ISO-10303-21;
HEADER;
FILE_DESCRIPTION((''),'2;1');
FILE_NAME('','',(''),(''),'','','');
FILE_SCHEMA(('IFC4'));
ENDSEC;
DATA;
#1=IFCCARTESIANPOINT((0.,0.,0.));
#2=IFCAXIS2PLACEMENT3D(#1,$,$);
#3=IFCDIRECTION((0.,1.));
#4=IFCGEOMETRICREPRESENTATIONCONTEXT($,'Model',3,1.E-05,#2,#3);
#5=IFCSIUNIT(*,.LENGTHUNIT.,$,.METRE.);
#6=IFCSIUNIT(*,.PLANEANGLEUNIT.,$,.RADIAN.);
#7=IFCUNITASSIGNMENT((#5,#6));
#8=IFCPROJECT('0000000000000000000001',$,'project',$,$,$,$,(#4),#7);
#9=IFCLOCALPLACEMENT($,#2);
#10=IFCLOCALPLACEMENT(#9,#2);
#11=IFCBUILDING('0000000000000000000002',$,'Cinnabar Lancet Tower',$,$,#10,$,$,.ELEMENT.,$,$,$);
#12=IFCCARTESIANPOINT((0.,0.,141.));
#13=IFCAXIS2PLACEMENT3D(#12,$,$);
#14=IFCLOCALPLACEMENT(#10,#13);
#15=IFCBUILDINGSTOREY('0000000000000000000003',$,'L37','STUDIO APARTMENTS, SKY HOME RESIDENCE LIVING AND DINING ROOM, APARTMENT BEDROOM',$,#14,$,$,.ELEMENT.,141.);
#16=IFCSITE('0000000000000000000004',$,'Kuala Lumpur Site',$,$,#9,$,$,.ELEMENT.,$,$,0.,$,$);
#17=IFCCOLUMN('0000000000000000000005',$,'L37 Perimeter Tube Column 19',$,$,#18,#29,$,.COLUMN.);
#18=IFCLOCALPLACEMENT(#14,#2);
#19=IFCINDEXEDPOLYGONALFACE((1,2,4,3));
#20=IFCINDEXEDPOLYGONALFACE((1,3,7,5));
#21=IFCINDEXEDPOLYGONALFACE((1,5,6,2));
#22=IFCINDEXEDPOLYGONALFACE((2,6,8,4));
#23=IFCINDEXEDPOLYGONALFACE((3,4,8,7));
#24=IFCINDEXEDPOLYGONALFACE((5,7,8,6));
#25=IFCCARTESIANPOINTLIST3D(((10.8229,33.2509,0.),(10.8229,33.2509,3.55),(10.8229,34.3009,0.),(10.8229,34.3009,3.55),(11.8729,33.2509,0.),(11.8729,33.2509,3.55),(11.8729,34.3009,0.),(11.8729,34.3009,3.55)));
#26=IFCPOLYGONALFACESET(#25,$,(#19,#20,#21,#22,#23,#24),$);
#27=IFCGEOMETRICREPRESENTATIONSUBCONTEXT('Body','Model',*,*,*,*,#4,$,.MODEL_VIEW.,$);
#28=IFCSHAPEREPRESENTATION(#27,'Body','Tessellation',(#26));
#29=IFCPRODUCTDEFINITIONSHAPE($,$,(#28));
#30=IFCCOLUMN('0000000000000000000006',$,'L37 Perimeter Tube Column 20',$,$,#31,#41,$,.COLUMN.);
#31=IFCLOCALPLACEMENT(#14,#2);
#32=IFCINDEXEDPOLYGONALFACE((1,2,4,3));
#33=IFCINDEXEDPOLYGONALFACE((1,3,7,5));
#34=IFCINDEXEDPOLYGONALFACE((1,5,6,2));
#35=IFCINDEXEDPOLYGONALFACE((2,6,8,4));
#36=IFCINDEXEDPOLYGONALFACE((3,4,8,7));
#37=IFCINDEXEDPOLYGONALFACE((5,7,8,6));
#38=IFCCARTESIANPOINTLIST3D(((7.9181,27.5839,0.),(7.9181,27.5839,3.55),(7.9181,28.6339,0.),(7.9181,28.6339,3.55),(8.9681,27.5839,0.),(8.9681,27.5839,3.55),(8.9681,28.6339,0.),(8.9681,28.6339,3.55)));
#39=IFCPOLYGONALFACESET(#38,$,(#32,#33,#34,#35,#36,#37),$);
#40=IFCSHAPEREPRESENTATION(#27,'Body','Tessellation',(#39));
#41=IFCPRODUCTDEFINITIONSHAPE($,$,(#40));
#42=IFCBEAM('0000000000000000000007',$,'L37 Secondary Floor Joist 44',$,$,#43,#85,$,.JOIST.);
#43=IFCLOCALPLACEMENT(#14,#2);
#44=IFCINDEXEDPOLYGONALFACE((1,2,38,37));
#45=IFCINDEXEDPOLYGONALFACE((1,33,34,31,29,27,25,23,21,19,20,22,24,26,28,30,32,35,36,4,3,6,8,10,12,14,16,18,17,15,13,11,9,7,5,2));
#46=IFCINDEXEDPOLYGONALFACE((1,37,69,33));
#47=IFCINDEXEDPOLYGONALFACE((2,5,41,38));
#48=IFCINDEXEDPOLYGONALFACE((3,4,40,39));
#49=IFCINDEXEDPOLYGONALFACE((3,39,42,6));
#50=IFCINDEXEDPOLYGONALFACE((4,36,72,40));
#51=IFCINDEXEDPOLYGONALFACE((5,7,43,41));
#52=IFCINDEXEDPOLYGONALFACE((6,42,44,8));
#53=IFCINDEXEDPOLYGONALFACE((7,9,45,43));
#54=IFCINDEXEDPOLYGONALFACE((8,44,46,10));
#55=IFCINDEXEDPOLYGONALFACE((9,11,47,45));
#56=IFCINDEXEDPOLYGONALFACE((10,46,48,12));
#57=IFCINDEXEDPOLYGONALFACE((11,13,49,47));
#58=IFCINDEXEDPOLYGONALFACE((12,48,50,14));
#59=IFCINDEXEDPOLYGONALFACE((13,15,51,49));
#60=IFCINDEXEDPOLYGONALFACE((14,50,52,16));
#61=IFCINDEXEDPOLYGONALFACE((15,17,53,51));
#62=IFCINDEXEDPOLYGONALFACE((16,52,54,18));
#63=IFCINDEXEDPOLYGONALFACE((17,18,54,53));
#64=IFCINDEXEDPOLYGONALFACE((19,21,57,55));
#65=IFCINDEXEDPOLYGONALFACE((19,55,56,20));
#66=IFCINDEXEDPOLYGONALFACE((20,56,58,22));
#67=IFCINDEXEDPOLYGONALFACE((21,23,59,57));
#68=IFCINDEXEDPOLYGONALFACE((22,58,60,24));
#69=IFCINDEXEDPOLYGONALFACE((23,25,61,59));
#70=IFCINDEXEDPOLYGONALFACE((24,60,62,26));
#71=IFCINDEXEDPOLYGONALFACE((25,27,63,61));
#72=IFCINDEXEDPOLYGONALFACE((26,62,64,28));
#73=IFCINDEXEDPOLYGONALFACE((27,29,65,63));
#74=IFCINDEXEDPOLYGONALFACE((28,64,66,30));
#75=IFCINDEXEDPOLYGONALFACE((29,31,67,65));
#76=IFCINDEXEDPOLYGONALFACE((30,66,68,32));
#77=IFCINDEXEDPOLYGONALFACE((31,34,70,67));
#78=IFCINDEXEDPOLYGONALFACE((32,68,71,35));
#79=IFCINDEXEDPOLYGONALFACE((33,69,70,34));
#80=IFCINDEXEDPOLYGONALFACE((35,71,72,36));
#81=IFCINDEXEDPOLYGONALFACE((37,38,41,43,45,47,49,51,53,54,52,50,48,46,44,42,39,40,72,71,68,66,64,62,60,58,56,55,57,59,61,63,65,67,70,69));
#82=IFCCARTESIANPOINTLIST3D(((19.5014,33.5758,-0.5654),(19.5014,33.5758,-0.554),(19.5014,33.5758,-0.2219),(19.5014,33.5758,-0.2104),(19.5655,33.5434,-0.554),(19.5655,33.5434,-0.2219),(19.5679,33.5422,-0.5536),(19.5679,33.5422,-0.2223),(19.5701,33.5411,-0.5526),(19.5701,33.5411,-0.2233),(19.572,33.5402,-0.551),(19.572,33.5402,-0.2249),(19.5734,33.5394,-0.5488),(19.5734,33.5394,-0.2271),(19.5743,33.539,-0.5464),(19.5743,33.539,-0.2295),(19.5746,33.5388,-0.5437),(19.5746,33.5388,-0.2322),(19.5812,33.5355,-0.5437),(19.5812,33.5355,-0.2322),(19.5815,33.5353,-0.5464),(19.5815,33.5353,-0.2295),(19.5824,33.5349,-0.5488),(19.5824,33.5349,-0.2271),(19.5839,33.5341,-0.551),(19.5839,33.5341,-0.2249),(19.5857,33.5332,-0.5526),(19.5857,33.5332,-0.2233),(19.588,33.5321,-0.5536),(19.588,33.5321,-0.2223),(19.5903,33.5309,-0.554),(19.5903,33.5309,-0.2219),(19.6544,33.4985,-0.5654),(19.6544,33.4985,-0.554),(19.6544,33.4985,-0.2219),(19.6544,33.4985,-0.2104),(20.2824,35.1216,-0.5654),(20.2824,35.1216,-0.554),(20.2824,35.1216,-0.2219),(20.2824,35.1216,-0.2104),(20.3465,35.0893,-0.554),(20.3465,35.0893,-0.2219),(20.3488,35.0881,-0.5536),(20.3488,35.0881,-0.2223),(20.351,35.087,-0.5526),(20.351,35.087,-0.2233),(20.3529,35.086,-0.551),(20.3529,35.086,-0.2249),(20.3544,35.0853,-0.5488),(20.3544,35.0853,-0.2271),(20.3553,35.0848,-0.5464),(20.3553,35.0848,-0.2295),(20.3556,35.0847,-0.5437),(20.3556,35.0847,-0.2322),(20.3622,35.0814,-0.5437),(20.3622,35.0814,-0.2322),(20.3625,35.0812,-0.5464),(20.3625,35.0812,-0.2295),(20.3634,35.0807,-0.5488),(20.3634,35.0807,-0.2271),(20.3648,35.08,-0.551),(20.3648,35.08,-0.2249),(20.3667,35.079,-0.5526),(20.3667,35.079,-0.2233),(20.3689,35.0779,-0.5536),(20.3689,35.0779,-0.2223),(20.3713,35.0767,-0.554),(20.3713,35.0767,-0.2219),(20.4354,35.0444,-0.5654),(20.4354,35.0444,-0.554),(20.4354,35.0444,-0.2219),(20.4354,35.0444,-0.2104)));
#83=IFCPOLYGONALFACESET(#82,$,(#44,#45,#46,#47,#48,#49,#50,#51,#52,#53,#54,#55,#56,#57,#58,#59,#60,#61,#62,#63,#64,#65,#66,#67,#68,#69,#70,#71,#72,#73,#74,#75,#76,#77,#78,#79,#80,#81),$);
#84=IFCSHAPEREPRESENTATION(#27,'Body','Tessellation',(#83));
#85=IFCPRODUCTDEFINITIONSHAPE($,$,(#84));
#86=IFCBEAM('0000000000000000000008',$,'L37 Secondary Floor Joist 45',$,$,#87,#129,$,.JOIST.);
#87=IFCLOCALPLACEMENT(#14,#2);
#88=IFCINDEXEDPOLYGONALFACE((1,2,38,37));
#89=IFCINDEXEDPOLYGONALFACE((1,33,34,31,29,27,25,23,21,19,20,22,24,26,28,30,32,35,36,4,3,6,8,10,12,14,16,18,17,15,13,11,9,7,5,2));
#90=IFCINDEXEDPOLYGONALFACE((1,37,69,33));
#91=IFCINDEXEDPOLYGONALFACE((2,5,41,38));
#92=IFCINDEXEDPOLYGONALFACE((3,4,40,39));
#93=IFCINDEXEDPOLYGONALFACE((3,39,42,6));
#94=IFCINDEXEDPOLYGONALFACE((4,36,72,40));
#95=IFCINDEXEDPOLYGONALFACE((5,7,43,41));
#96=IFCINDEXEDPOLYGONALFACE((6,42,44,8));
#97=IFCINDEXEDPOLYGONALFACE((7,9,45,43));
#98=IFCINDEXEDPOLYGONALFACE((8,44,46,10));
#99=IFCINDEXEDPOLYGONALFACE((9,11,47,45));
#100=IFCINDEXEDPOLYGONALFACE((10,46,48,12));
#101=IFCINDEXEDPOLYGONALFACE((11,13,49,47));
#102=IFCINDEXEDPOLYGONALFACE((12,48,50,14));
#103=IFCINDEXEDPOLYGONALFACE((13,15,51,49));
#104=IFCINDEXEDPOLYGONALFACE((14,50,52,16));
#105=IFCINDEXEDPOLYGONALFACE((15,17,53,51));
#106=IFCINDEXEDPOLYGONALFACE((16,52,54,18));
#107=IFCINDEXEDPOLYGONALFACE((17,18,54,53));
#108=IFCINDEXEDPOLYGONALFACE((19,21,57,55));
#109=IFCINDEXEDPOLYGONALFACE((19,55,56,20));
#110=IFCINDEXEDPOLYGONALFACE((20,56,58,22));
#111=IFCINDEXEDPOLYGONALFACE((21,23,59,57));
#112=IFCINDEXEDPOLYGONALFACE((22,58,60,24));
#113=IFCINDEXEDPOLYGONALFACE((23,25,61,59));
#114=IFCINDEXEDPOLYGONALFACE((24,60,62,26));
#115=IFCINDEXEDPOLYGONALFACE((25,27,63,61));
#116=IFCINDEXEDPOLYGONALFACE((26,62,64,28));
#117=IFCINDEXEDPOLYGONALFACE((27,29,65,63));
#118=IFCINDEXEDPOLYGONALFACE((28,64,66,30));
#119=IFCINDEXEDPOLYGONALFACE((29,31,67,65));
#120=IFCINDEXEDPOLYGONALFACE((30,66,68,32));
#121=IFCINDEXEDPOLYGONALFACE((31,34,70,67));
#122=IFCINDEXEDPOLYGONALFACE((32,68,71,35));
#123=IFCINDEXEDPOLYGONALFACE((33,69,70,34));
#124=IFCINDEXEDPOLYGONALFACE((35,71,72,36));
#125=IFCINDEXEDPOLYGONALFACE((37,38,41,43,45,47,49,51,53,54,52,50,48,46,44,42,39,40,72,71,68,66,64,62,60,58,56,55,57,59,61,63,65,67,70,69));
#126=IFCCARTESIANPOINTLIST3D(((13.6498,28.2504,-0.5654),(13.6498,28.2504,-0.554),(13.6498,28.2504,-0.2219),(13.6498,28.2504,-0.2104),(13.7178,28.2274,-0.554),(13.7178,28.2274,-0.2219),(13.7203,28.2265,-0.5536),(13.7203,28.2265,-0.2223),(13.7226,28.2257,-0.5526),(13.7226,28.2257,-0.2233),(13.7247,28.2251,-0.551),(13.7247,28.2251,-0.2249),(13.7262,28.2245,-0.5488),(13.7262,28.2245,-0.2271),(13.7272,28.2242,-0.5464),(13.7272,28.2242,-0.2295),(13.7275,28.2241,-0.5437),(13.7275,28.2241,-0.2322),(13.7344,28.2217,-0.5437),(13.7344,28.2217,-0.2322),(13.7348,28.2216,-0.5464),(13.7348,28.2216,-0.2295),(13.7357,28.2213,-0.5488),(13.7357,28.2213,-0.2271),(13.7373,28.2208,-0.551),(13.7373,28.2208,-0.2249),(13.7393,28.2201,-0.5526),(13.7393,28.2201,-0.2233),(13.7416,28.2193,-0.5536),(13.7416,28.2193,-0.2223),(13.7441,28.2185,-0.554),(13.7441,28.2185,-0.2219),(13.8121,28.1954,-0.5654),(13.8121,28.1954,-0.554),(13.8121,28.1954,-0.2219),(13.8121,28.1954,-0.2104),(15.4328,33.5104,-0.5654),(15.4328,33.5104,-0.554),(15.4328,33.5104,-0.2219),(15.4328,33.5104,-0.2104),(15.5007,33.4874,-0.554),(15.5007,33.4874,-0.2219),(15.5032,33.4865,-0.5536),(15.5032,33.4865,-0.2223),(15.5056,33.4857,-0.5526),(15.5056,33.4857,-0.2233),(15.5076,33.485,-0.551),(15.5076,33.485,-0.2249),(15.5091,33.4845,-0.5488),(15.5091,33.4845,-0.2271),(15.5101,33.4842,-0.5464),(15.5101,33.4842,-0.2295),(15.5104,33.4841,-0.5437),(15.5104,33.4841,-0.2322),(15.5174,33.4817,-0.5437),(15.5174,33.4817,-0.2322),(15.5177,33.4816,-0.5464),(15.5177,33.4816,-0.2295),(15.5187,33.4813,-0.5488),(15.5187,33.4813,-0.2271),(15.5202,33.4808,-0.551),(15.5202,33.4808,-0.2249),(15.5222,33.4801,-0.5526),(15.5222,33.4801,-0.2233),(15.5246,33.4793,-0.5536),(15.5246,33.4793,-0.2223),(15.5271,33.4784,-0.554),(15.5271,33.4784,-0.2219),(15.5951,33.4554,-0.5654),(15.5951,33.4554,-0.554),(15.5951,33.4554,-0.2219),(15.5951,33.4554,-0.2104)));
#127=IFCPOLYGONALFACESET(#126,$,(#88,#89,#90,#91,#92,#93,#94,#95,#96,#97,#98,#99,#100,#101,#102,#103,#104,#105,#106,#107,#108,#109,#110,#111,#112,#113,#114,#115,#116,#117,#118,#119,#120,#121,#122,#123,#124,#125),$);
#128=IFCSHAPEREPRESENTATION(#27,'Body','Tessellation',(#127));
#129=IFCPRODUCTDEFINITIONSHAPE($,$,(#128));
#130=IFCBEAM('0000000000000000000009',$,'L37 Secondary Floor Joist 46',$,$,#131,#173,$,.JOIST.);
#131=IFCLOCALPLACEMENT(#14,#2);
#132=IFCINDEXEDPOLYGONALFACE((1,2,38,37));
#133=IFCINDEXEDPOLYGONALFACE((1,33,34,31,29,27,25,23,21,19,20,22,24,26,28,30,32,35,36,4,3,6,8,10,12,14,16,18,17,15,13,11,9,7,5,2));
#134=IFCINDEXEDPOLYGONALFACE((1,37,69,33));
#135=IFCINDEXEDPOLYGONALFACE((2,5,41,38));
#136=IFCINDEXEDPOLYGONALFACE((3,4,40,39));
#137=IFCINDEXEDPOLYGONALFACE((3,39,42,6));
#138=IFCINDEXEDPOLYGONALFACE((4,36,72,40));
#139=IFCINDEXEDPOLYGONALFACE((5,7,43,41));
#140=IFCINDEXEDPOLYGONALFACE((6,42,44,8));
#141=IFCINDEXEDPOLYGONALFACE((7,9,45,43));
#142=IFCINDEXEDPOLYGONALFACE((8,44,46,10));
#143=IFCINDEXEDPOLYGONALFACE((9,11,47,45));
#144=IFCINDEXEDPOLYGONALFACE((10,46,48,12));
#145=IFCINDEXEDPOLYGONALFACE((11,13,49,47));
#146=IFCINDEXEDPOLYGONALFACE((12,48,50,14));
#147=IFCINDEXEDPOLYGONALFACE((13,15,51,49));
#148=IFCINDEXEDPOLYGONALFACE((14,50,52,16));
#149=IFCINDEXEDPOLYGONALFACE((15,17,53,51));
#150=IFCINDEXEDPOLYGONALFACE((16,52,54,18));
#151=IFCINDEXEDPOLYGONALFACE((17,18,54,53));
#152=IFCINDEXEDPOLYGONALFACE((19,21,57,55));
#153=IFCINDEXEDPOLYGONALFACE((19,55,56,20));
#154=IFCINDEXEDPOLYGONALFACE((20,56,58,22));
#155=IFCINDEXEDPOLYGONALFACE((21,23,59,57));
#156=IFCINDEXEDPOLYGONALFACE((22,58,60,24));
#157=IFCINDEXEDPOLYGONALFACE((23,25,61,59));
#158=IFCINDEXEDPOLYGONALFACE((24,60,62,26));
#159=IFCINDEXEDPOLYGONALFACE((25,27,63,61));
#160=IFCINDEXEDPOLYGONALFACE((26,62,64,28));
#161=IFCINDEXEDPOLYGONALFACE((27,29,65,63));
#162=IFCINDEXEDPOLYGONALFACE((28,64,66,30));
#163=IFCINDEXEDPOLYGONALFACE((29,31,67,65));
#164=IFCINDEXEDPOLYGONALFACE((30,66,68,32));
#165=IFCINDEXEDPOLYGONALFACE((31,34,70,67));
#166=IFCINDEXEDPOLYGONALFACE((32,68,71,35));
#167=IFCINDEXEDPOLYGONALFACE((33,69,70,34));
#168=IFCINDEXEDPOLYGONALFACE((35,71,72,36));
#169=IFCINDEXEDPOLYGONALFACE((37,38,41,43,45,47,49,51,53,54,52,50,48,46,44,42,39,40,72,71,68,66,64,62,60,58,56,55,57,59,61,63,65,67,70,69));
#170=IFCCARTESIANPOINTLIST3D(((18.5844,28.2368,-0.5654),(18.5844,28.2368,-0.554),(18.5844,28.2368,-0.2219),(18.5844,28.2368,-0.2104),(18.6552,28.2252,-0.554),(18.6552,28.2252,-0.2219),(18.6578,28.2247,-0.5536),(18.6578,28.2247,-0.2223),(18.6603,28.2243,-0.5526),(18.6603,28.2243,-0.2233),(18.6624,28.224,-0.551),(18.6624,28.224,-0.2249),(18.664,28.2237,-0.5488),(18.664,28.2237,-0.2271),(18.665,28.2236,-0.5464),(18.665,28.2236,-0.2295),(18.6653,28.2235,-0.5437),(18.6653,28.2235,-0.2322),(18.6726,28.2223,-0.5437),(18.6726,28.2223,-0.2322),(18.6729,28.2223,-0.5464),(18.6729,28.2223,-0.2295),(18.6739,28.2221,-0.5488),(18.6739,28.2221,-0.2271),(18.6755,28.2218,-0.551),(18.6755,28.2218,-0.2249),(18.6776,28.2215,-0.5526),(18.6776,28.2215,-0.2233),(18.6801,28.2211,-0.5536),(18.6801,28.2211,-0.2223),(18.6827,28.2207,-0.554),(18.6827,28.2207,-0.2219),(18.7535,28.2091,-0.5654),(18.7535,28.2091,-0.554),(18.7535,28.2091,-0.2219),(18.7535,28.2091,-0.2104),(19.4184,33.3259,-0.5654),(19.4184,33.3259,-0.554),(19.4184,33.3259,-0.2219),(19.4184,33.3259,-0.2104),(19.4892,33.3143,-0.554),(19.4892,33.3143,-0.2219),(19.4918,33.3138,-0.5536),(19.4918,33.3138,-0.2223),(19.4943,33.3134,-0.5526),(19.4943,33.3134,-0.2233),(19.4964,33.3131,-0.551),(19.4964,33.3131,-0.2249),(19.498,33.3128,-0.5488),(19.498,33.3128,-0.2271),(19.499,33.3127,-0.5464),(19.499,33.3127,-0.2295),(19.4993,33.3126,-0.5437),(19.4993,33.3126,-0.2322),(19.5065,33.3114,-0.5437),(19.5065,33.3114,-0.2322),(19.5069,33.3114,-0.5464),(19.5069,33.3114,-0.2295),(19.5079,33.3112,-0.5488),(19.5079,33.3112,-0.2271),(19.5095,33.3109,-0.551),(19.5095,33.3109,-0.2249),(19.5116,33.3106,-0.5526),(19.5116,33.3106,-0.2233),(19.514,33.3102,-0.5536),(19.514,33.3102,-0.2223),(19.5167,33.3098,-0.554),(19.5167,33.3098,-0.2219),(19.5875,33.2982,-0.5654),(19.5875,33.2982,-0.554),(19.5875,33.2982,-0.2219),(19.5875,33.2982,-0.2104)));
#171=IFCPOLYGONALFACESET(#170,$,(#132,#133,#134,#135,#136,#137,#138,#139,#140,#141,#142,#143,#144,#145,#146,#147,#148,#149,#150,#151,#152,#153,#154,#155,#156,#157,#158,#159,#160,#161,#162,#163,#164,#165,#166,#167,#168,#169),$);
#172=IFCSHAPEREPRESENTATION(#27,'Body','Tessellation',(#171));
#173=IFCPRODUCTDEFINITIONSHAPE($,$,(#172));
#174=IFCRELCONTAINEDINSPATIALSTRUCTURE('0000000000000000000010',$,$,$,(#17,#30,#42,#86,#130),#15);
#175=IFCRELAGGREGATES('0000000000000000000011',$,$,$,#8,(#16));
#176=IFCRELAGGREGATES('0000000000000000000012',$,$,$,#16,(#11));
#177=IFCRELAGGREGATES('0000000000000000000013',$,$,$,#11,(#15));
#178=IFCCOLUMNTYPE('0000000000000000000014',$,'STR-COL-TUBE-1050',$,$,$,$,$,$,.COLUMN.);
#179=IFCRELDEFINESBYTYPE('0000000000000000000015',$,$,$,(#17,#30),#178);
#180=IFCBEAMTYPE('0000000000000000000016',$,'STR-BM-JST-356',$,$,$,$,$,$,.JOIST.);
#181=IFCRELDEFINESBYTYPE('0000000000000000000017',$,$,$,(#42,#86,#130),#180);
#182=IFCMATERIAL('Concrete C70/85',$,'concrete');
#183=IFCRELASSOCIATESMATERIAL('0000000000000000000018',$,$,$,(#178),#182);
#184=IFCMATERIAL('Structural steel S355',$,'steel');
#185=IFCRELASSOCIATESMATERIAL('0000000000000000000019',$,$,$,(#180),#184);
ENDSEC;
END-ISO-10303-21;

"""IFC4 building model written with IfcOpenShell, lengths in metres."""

from ifc_helpers import new_model, si_unit, direction, frame, origin, origin_2d, place, context, subcontext, project, spatial, rectangle, i_section, extrude, material, material_profile, profile_set, type_object, element, save


model = new_model("IFC4")

# Units and contexts
model_context = context("Model", 3, precision=1e-05, world=origin(), true_north=direction((0.0, 1.0)))
body_context = subcontext(model_context, "Body", "Model", "MODEL_VIEW")
ifc_project = project(units=[si_unit("LENGTHUNIT", "METRE"), si_unit("PLANEANGLEUNIT", "RADIAN")], contexts=[model_context])

# Site, building, storey
site_placement = place(None, origin())
site = spatial("IfcSite", under=ifc_project, at=site_placement, Name="Kuala Lumpur Site", CompositionType="ELEMENT", RefElevation=0.0)
building_placement = place(site_placement, origin())
building = spatial("IfcBuilding", under=site, at=building_placement, Name="Cinnabar Lancet Tower", CompositionType="ELEMENT")
storey_placement = place(building_placement, frame((0.0, 0.0, 141.0)))
storey = spatial("IfcBuildingStorey", under=building, at=storey_placement, Name="L37", Description="STUDIO APARTMENTS, SKY HOME RESIDENCE LIVING AND DINING ROOM, APARTMENT BEDROOM", CompositionType="ELEMENT", Elevation=141.0)

# Columns
ifc_material_1 = material(Name="Concrete C70/85", Category="concrete")
ifc_material_profile_1 = material_profile(ifc_material_1, rectangle(XDim=1.05, YDim=1.05, at=origin_2d()), Name="RC-COL 1050x1050")
ifc_profile_set_1 = profile_set([ifc_material_profile_1], Name="Concrete C70/85")
column_type = type_object("IfcColumnType", Name="STR-COL-TUBE-1050", PredefinedType="COLUMN", material=ifc_profile_set_1)
for number, where, z_axis, x_axis, name in (
    (1, (11.3479, 33.7759, 0.0), (0.0, 0.0, 1.0), (1.0, 0.0, 0.0), "L37 Perimeter Tube Column 19"),
    (2, (8.4431, 28.1089, 0.0), (0.0, 0.0, 1.0), (1.0, 0.0, 0.0), "L37 Perimeter Tube Column 20"),
):
    element("IfcColumn", number, at=place(storey_placement, frame(where, z_axis=z_axis, x_axis=x_axis)), inside=storey, type_object=column_type, Name=name, PredefinedType="COLUMN", context=body_context, shape_type="SweptSolid", body=[
        extrude(rectangle(XDim=1.05, YDim=1.05, at=origin_2d()), origin(), (0.0, 0.0, 1.0), 3.55),
    ])

# Beams
ifc_material_2 = material(Name="Structural steel S355", Category="steel")
ifc_material_profile_2 = material_profile(ifc_material_2, i_section(OverallWidth=0.1714, OverallDepth=0.355, WebThickness=0.0073, FlangeThickness=0.0115, FilletRadius=0.0103, at=origin_2d()), Name="UKB 356x171x51")
ifc_profile_set_2 = profile_set([ifc_material_profile_2], Name="Structural steel S355")
beam_type_1 = type_object("IfcBeamType", Name="STR-BM-JST-356", PredefinedType="JOIST", material=ifc_profile_set_2)
beam_1_placement = place(storey_placement, frame((20.3589, 35.083, -0.3879), z_axis=(-0.450931, -0.892559, 0.0), x_axis=(0.892559, -0.450931, 0.0)))
element("IfcBeam", 3, at=beam_1_placement, inside=storey, type_object=beam_type_1, Name="L37 Secondary Floor Joist 44", PredefinedType="JOIST", context=body_context, shape_type="SweptSolid", body=[
    extrude(i_section(OverallWidth=0.1714, OverallDepth=0.355, WebThickness=0.0073, FlangeThickness=0.0115, FilletRadius=0.0103, at=origin_2d()), origin(), (0.0, 0.0, 1.0), 1.7319),
])
beam_2_placement = place(storey_placement, frame((15.5139, 33.4829, -0.3879), z_axis=(-0.321024, -0.947071, 0.0), x_axis=(0.947071, -0.321024, 0.0)))
element("IfcBeam", 4, at=beam_2_placement, inside=storey, type_object=beam_type_1, Name="L37 Secondary Floor Joist 45", PredefinedType="JOIST", context=body_context, shape_type="SweptSolid", body=[
    extrude(i_section(OverallWidth=0.1714, OverallDepth=0.355, WebThickness=0.0073, FlangeThickness=0.0115, FilletRadius=0.0103, at=origin_2d()), origin(), (0.0, 0.0, 1.0), 5.554),
])
beam_3_placement = place(storey_placement, frame((19.5029, 33.312, -0.3879), z_axis=(-0.161719, -0.986837, 0.0), x_axis=(0.986837, -0.161719, 0.0)))
element("IfcBeam", 5, at=beam_3_placement, inside=storey, type_object=beam_type_1, Name="L37 Secondary Floor Joist 46", PredefinedType="JOIST", context=body_context, shape_type="SweptSolid", body=[
    extrude(i_section(OverallWidth=0.1714, OverallDepth=0.355, WebThickness=0.0073, FlangeThickness=0.0115, FilletRadius=0.0103, at=origin_2d()), origin(), (0.0, 0.0, 1.0), 5.157),
])

save(model, "model.ifc")
